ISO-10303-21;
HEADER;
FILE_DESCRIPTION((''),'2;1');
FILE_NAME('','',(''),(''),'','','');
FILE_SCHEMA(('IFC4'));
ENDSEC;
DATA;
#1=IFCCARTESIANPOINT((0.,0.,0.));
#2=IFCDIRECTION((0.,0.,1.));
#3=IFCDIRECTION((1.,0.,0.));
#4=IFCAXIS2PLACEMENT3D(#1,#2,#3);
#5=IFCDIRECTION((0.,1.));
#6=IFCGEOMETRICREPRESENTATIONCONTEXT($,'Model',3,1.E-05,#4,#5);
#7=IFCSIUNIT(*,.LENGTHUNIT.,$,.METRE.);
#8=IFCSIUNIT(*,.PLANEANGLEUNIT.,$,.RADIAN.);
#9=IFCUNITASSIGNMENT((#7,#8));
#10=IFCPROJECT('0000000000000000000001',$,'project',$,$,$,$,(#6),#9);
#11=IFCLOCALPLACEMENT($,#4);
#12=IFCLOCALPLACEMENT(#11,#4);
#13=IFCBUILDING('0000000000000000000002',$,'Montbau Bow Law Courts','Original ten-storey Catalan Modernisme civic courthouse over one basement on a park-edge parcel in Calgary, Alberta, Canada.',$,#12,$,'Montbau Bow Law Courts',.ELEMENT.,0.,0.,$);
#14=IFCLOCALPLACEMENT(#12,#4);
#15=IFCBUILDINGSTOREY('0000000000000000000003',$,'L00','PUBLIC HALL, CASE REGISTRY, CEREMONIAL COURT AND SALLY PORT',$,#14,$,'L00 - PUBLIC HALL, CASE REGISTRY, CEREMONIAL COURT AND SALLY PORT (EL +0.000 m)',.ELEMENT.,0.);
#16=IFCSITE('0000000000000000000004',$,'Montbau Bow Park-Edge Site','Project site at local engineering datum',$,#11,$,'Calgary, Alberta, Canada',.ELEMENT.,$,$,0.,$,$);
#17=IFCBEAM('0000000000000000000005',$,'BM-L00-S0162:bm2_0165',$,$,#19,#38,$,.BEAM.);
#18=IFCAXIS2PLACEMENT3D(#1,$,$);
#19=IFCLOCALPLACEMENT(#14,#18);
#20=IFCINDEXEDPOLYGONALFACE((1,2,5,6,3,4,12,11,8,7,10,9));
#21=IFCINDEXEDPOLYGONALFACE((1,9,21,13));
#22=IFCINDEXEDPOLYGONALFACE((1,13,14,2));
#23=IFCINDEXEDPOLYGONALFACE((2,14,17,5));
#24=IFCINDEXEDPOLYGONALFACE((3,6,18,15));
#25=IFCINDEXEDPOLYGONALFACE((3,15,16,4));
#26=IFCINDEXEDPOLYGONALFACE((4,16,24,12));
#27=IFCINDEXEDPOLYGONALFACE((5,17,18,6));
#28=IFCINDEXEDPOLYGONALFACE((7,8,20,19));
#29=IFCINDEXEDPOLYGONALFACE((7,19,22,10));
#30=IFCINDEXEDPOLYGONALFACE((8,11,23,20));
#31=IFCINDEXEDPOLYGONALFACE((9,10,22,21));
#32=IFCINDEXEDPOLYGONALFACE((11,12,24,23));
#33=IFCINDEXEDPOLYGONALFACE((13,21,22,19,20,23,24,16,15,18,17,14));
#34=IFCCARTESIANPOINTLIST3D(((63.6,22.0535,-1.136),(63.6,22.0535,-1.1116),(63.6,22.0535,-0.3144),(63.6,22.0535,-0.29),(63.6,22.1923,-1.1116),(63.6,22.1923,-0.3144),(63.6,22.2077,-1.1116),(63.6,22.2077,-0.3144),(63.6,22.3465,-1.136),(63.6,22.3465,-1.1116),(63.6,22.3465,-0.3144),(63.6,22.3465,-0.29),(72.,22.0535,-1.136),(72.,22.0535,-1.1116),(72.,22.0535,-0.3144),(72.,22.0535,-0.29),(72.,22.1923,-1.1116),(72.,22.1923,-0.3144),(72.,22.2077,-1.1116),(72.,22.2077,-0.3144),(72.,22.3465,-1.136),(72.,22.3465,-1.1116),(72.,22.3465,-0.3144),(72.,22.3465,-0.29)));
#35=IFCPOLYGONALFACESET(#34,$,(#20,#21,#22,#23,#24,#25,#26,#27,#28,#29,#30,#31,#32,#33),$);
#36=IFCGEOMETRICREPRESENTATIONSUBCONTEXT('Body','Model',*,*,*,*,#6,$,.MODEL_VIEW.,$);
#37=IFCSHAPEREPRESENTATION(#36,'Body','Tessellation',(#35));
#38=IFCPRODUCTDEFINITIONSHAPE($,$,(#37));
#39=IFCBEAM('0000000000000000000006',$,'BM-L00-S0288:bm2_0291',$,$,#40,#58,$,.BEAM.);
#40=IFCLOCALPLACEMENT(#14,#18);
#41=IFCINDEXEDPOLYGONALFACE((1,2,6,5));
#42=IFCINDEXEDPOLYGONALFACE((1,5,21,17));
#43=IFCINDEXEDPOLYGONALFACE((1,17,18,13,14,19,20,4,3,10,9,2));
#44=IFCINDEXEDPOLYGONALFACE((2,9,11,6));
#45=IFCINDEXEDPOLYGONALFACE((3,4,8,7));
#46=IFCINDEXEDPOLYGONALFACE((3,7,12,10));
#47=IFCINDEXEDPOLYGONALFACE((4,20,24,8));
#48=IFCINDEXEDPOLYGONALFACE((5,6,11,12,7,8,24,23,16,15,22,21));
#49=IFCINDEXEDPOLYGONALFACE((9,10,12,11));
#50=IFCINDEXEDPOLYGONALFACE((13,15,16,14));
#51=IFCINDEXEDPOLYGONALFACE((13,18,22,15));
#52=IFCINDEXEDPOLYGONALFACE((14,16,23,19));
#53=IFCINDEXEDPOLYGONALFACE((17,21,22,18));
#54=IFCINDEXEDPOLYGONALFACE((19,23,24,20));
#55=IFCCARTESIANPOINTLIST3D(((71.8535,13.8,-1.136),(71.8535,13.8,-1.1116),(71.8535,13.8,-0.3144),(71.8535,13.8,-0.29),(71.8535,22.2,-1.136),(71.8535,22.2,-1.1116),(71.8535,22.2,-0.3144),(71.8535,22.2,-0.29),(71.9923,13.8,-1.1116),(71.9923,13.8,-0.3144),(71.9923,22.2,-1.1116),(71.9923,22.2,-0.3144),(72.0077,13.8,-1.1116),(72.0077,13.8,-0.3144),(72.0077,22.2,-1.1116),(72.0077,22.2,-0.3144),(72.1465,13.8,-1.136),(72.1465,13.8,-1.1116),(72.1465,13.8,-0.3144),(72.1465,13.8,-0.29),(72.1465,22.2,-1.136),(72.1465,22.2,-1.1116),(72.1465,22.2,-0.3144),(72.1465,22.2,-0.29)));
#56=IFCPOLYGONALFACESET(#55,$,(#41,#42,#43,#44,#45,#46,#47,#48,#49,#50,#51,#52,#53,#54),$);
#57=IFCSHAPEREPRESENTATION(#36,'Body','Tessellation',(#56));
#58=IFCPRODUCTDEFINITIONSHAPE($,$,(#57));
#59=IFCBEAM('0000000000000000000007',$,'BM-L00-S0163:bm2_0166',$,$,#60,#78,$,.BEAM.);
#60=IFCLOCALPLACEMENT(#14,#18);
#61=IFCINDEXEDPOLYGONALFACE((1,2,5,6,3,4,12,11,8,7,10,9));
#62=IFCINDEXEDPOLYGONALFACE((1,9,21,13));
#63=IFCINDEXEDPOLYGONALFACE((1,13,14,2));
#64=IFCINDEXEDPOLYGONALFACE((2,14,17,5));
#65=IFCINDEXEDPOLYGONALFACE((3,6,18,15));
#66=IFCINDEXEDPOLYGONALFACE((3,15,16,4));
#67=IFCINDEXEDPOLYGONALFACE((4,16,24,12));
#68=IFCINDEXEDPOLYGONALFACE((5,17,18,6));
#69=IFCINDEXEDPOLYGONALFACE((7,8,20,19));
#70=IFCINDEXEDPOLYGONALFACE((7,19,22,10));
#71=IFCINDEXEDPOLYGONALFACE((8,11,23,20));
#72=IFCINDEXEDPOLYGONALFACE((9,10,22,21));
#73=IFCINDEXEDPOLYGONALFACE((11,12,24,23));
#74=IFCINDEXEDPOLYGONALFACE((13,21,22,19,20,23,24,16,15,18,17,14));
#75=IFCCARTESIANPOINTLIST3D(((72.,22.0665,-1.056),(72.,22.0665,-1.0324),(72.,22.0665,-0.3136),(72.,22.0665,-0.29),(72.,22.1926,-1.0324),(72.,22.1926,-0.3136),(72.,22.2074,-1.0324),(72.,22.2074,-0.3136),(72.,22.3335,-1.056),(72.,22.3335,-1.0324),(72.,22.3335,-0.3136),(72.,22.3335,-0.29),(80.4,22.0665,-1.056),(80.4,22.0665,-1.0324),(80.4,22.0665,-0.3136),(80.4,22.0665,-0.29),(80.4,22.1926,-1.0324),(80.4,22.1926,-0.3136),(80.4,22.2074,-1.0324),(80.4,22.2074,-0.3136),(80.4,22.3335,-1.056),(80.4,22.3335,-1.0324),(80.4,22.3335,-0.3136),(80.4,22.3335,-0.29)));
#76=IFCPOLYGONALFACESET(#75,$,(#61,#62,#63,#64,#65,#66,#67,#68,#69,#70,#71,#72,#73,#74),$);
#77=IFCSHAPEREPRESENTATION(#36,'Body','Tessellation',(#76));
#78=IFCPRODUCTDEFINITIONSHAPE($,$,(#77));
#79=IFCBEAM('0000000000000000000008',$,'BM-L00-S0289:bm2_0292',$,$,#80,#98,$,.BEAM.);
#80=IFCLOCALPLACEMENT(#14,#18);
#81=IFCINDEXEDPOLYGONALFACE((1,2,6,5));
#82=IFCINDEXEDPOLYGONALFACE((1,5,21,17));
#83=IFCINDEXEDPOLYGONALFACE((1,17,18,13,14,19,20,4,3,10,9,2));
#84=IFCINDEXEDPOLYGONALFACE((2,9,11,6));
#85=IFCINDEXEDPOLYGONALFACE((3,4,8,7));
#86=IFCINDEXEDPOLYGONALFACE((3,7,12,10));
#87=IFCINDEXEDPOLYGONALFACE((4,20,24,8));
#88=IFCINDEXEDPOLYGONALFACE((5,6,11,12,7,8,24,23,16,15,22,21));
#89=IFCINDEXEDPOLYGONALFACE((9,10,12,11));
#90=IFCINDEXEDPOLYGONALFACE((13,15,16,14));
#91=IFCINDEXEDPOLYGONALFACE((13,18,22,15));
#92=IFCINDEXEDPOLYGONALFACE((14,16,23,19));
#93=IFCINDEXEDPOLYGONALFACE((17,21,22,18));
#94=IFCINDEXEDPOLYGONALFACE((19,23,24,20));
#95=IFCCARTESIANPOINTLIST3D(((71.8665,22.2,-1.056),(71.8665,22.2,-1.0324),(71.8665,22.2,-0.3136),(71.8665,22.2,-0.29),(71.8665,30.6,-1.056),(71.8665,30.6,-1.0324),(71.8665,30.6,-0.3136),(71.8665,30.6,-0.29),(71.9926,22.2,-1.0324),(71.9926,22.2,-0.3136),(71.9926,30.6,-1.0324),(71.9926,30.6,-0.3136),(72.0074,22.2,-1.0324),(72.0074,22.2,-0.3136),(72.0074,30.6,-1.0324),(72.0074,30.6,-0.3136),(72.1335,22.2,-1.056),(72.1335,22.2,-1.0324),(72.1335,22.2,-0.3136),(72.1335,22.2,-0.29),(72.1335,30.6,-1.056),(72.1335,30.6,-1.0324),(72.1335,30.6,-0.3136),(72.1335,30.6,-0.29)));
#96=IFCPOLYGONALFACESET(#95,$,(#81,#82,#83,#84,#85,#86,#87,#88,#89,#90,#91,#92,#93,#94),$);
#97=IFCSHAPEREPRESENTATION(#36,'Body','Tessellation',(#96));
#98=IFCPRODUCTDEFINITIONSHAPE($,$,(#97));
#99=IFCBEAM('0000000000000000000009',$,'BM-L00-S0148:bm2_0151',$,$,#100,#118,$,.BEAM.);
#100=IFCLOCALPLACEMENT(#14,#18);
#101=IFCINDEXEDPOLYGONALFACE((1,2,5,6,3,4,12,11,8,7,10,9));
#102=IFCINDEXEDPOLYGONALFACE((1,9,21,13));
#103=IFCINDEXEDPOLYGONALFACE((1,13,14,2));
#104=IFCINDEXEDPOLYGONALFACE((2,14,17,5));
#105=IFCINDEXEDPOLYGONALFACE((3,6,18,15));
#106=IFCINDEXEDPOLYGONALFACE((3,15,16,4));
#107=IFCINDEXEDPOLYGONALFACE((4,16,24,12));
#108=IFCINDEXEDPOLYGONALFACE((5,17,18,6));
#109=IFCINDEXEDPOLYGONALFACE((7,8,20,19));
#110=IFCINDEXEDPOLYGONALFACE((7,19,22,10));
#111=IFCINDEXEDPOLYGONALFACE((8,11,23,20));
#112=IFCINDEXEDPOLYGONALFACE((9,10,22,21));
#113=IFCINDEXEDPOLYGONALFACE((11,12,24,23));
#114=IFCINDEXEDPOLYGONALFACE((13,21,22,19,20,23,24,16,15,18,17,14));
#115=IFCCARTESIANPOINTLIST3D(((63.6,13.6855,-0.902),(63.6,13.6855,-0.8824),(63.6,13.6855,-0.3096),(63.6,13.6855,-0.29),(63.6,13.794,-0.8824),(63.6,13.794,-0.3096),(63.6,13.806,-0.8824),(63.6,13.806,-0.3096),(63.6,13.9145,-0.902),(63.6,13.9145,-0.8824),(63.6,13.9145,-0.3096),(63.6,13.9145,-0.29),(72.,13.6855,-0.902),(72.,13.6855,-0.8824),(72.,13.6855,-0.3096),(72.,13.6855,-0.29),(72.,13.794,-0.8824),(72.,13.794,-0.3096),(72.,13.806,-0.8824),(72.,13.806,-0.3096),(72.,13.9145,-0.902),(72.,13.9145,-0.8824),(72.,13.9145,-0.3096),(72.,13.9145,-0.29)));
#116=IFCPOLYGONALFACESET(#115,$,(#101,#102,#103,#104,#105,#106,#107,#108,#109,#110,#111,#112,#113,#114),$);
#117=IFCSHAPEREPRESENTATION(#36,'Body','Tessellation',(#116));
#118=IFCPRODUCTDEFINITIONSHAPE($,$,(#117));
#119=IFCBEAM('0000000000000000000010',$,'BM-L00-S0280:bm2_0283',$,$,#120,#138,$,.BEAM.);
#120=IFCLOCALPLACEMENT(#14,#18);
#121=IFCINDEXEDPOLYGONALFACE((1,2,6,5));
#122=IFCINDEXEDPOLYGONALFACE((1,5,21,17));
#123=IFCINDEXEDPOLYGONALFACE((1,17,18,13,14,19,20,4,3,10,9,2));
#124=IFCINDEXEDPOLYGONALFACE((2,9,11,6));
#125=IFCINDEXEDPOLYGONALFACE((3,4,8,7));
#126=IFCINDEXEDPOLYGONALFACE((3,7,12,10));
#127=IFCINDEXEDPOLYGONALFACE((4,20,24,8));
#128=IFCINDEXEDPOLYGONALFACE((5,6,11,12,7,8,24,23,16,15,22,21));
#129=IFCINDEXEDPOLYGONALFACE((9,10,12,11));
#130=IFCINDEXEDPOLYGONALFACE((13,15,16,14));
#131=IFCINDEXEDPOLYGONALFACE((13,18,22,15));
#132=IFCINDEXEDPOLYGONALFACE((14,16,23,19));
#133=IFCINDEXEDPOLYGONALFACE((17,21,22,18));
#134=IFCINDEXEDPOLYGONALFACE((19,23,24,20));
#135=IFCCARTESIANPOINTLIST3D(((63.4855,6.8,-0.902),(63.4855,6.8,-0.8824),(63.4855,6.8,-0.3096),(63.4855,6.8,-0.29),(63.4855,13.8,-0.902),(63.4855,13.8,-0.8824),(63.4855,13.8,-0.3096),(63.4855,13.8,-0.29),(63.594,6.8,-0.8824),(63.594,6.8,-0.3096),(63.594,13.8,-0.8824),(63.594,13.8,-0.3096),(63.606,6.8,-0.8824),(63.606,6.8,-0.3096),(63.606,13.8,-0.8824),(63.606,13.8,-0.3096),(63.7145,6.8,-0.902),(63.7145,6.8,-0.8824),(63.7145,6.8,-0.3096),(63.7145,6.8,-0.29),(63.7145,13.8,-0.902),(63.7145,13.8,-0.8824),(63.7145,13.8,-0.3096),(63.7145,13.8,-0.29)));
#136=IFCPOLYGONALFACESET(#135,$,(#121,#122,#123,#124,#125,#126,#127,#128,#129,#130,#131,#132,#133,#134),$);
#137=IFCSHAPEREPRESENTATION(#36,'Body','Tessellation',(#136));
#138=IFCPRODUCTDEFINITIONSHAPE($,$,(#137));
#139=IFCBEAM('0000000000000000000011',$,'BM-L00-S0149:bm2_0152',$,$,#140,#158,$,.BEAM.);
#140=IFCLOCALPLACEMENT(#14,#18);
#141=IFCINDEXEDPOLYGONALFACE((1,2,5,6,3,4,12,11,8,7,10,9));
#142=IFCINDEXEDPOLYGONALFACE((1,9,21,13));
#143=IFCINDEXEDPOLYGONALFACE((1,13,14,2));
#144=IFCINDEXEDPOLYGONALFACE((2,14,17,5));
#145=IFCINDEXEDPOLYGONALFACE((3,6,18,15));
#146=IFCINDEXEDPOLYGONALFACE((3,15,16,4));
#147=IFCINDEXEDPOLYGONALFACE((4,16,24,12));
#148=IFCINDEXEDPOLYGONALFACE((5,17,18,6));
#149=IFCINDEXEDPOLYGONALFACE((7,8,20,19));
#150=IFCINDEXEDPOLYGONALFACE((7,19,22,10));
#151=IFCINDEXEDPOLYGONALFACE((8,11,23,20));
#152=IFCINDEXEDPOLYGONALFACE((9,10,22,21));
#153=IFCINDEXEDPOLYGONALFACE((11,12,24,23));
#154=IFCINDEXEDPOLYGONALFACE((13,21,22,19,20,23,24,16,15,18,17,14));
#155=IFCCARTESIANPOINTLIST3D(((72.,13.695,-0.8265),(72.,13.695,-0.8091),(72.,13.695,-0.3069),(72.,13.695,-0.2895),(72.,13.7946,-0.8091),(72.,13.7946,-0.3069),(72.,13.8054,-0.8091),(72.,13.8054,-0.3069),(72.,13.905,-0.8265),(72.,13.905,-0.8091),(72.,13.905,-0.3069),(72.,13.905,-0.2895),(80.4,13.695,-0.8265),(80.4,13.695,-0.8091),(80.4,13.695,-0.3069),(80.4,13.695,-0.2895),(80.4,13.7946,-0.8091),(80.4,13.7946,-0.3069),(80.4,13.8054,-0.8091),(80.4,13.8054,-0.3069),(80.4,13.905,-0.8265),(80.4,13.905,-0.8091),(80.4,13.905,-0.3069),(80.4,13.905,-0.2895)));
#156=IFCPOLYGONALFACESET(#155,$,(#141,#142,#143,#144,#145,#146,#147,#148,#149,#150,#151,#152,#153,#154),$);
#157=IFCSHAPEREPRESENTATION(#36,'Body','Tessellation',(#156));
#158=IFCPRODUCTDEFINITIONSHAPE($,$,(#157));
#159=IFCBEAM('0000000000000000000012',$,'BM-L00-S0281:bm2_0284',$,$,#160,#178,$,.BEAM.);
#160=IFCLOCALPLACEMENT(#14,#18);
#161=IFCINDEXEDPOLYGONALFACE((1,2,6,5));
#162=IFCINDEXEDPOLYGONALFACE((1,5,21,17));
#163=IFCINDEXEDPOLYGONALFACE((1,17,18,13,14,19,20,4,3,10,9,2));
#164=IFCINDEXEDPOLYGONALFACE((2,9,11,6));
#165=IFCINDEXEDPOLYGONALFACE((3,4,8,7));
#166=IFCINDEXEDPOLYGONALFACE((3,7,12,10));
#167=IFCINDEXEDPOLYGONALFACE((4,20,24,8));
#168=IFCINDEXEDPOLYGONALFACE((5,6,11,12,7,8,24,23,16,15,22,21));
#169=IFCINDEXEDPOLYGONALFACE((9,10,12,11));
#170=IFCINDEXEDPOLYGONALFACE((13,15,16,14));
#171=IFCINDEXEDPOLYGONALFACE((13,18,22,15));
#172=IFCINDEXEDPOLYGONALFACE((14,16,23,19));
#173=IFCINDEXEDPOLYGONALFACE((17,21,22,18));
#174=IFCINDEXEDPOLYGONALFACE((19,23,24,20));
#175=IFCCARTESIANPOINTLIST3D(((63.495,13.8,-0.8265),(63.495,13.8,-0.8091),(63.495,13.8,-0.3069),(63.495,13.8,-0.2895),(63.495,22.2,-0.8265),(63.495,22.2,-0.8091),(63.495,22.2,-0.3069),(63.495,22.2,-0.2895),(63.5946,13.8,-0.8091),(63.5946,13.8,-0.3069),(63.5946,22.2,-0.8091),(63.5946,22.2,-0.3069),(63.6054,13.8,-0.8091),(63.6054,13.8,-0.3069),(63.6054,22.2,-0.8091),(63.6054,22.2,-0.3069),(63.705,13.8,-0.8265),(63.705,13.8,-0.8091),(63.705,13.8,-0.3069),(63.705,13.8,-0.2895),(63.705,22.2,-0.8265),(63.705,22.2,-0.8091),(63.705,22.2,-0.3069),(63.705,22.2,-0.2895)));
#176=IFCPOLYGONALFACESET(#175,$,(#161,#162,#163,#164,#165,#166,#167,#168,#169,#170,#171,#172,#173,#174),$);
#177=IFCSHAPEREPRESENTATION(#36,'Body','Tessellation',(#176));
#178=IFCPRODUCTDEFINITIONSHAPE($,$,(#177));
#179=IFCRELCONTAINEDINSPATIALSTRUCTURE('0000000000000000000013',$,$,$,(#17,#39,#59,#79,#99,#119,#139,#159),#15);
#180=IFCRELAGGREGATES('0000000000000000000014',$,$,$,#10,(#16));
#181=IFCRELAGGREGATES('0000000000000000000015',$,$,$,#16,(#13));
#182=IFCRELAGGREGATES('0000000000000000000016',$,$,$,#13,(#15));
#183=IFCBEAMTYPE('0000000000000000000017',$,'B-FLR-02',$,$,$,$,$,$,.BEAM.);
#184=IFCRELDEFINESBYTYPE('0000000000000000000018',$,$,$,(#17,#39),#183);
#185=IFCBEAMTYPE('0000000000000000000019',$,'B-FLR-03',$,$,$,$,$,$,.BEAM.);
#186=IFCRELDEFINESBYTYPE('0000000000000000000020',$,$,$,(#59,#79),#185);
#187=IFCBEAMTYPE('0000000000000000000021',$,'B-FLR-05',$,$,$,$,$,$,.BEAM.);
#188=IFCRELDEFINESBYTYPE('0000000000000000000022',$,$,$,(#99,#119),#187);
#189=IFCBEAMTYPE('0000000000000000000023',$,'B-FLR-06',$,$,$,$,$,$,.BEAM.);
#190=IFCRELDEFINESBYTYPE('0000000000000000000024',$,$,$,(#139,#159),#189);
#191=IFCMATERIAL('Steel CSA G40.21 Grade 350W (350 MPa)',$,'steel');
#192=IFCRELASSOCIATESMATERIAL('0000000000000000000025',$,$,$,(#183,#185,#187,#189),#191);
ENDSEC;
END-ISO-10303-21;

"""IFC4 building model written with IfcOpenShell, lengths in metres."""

from ifc_helpers import new_model, si_unit, direction, frame, origin_with_axes, origin_2d_with_axis, place, context, subcontext, project, spatial, i_section, extrude, material, material_profile, profile_set, type_object, element, save


model = new_model("IFC4")

# Units and contexts
model_context = context("Model", 3, precision=1e-05, world=origin_with_axes(), true_north=direction((0.0, 1.0)))
body_context = subcontext(model_context, "Body", "Model", "MODEL_VIEW")
ifc_project = project(units=[si_unit("LENGTHUNIT", "METRE"), si_unit("PLANEANGLEUNIT", "RADIAN")], contexts=[model_context])

# Site, building, storey
site_placement = place(None, origin_with_axes())
site = spatial("IfcSite", under=ifc_project, at=site_placement, Name="Montbau Bow Park-Edge Site", Description="Project site at local engineering datum", LongName="Calgary, Alberta, Canada", CompositionType="ELEMENT", RefElevation=0.0)
building_placement = place(site_placement, origin_with_axes())
building = spatial("IfcBuilding", under=site, at=building_placement, Name="Montbau Bow Law Courts", Description="Original ten-storey Catalan Modernisme civic courthouse over one basement on a park-edge parcel in Calgary, Alberta, Canada.", LongName="Montbau Bow Law Courts", CompositionType="ELEMENT", ElevationOfRefHeight=0.0, ElevationOfTerrain=0.0)
storey_placement = place(building_placement, origin_with_axes())
storey = spatial("IfcBuildingStorey", under=building, at=storey_placement, Name="L00", Description="PUBLIC HALL, CASE REGISTRY, CEREMONIAL COURT AND SALLY PORT", LongName="L00 - PUBLIC HALL, CASE REGISTRY, CEREMONIAL COURT AND SALLY PORT (EL +0.000 m)", CompositionType="ELEMENT", Elevation=0.0)

# Beams
ifc_material_1 = material(Name="Steel CSA G40.21 Grade 350W (350 MPa)", Category="steel")
ifc_material_profile_1 = material_profile(ifc_material_1, i_section(OverallWidth=0.293, OverallDepth=0.846, WebThickness=0.0154, FlangeThickness=0.0244, at=origin_2d_with_axis()), Name="W840X210", Category="Main", Priority=0)
ifc_profile_set_1 = profile_set([ifc_material_profile_1], Name="Steel CSA G40.21 Grade 350W (350 MPa)")
beam_type_1 = type_object("IfcBeamType", Name="B-FLR-02", PredefinedType="BEAM", material=ifc_profile_set_1)
for number, where, z_axis, x_axis, name in (
    (1, (63.6, 22.2, -0.713), (1.0, 0.0, 0.0), (0.0, 1.0, 0.0), "BM-L00-S0162:bm2_0165"),
    (2, (72.0, 13.8, -0.713), (0.0, 1.0, 0.0), (-1.0, 0.0, 0.0), "BM-L00-S0288:bm2_0291"),
):
    element("IfcBeam", number, at=place(None, frame(where, z_axis=z_axis, x_axis=x_axis)), inside=storey, type_object=beam_type_1, Name=name, PredefinedType="BEAM", context=body_context, shape_type="SweptSolid", body=[
        extrude(i_section(OverallWidth=0.293, OverallDepth=0.846, WebThickness=0.0154, FlangeThickness=0.0244, at=origin_2d_with_axis()), origin_with_axes(), (0.0, 0.0, 1.0), 8.4),
    ])
ifc_material_profile_2 = material_profile(ifc_material_1, i_section(OverallWidth=0.267, OverallDepth=0.766, WebThickness=0.0149, FlangeThickness=0.0236, at=origin_2d_with_axis()), Name="W760X185", Category="Main", Priority=0)
ifc_profile_set_2 = profile_set([ifc_material_profile_2], Name="Steel CSA G40.21 Grade 350W (350 MPa)")
beam_type_2 = type_object("IfcBeamType", Name="B-FLR-03", PredefinedType="BEAM", material=ifc_profile_set_2)
for number, where, z_axis, x_axis, name in (
    (3, (72.0, 22.2, -0.673), (1.0, 0.0, 0.0), (0.0, 1.0, 0.0), "BM-L00-S0163:bm2_0166"),
    (4, (72.0, 22.2, -0.673), (0.0, 1.0, 0.0), (-1.0, 0.0, 0.0), "BM-L00-S0289:bm2_0292"),
):
    element("IfcBeam", number, at=place(None, frame(where, z_axis=z_axis, x_axis=x_axis)), inside=storey, type_object=beam_type_2, Name=name, PredefinedType="BEAM", context=body_context, shape_type="SweptSolid", body=[
        extrude(i_section(OverallWidth=0.267, OverallDepth=0.766, WebThickness=0.0149, FlangeThickness=0.0236, at=origin_2d_with_axis()), origin_with_axes(), (0.0, 0.0, 1.0), 8.4),
    ])
ifc_material_profile_3 = material_profile(ifc_material_1, i_section(OverallWidth=0.229, OverallDepth=0.612, WebThickness=0.0119, FlangeThickness=0.0196, at=origin_2d_with_axis()), Name="W610X125", Category="Main", Priority=0)
ifc_profile_set_3 = profile_set([ifc_material_profile_3], Name="Steel CSA G40.21 Grade 350W (350 MPa)")
beam_type_3 = type_object("IfcBeamType", Name="B-FLR-05", PredefinedType="BEAM", material=ifc_profile_set_3)
beam_1_placement = place(None, frame((63.6, 13.8, -0.596), z_axis=(1.0, 0.0, 0.0), x_axis=(0.0, 1.0, 0.0)))
element("IfcBeam", 5, at=beam_1_placement, inside=storey, type_object=beam_type_3, Name="BM-L00-S0148:bm2_0151", PredefinedType="BEAM", context=body_context, shape_type="SweptSolid", body=[
    extrude(i_section(OverallWidth=0.229, OverallDepth=0.612, WebThickness=0.0119, FlangeThickness=0.0196, at=origin_2d_with_axis()), origin_with_axes(), (0.0, 0.0, 1.0), 8.4),
])
beam_2_placement = place(None, frame((63.6, 6.8, -0.596), z_axis=(0.0, 1.0, 0.0), x_axis=(-1.0, 0.0, 0.0)))
element("IfcBeam", 6, at=beam_2_placement, inside=storey, type_object=beam_type_3, Name="BM-L00-S0280:bm2_0283", PredefinedType="BEAM", context=body_context, shape_type="SweptSolid", body=[
    extrude(i_section(OverallWidth=0.229, OverallDepth=0.612, WebThickness=0.0119, FlangeThickness=0.0196, at=origin_2d_with_axis()), origin_with_axes(), (0.0, 0.0, 1.0), 7.0),
])
ifc_material_profile_4 = material_profile(ifc_material_1, i_section(OverallWidth=0.21, OverallDepth=0.537, WebThickness=0.0109, FlangeThickness=0.0174, at=origin_2d_with_axis()), Name="W530X101", Category="Main", Priority=0)
ifc_profile_set_4 = profile_set([ifc_material_profile_4], Name="Steel CSA G40.21 Grade 350W (350 MPa)")
beam_type_4 = type_object("IfcBeamType", Name="B-FLR-06", PredefinedType="BEAM", material=ifc_profile_set_4)
for number, where, z_axis, x_axis, name in (
    (7, (72.0, 13.8, -0.558), (1.0, 0.0, 0.0), (0.0, 1.0, 0.0), "BM-L00-S0149:bm2_0152"),
    (8, (63.6, 13.8, -0.558), (0.0, 1.0, 0.0), (-1.0, 0.0, 0.0), "BM-L00-S0281:bm2_0284"),
):
    element("IfcBeam", number, at=place(None, frame(where, z_axis=z_axis, x_axis=x_axis)), inside=storey, type_object=beam_type_4, Name=name, PredefinedType="BEAM", context=body_context, shape_type="SweptSolid", body=[
        extrude(i_section(OverallWidth=0.21, OverallDepth=0.537, WebThickness=0.0109, FlangeThickness=0.0174, at=origin_2d_with_axis()), origin_with_axes(), (0.0, 0.0, 1.0), 8.4),
    ])

save(model, "model.ifc")
